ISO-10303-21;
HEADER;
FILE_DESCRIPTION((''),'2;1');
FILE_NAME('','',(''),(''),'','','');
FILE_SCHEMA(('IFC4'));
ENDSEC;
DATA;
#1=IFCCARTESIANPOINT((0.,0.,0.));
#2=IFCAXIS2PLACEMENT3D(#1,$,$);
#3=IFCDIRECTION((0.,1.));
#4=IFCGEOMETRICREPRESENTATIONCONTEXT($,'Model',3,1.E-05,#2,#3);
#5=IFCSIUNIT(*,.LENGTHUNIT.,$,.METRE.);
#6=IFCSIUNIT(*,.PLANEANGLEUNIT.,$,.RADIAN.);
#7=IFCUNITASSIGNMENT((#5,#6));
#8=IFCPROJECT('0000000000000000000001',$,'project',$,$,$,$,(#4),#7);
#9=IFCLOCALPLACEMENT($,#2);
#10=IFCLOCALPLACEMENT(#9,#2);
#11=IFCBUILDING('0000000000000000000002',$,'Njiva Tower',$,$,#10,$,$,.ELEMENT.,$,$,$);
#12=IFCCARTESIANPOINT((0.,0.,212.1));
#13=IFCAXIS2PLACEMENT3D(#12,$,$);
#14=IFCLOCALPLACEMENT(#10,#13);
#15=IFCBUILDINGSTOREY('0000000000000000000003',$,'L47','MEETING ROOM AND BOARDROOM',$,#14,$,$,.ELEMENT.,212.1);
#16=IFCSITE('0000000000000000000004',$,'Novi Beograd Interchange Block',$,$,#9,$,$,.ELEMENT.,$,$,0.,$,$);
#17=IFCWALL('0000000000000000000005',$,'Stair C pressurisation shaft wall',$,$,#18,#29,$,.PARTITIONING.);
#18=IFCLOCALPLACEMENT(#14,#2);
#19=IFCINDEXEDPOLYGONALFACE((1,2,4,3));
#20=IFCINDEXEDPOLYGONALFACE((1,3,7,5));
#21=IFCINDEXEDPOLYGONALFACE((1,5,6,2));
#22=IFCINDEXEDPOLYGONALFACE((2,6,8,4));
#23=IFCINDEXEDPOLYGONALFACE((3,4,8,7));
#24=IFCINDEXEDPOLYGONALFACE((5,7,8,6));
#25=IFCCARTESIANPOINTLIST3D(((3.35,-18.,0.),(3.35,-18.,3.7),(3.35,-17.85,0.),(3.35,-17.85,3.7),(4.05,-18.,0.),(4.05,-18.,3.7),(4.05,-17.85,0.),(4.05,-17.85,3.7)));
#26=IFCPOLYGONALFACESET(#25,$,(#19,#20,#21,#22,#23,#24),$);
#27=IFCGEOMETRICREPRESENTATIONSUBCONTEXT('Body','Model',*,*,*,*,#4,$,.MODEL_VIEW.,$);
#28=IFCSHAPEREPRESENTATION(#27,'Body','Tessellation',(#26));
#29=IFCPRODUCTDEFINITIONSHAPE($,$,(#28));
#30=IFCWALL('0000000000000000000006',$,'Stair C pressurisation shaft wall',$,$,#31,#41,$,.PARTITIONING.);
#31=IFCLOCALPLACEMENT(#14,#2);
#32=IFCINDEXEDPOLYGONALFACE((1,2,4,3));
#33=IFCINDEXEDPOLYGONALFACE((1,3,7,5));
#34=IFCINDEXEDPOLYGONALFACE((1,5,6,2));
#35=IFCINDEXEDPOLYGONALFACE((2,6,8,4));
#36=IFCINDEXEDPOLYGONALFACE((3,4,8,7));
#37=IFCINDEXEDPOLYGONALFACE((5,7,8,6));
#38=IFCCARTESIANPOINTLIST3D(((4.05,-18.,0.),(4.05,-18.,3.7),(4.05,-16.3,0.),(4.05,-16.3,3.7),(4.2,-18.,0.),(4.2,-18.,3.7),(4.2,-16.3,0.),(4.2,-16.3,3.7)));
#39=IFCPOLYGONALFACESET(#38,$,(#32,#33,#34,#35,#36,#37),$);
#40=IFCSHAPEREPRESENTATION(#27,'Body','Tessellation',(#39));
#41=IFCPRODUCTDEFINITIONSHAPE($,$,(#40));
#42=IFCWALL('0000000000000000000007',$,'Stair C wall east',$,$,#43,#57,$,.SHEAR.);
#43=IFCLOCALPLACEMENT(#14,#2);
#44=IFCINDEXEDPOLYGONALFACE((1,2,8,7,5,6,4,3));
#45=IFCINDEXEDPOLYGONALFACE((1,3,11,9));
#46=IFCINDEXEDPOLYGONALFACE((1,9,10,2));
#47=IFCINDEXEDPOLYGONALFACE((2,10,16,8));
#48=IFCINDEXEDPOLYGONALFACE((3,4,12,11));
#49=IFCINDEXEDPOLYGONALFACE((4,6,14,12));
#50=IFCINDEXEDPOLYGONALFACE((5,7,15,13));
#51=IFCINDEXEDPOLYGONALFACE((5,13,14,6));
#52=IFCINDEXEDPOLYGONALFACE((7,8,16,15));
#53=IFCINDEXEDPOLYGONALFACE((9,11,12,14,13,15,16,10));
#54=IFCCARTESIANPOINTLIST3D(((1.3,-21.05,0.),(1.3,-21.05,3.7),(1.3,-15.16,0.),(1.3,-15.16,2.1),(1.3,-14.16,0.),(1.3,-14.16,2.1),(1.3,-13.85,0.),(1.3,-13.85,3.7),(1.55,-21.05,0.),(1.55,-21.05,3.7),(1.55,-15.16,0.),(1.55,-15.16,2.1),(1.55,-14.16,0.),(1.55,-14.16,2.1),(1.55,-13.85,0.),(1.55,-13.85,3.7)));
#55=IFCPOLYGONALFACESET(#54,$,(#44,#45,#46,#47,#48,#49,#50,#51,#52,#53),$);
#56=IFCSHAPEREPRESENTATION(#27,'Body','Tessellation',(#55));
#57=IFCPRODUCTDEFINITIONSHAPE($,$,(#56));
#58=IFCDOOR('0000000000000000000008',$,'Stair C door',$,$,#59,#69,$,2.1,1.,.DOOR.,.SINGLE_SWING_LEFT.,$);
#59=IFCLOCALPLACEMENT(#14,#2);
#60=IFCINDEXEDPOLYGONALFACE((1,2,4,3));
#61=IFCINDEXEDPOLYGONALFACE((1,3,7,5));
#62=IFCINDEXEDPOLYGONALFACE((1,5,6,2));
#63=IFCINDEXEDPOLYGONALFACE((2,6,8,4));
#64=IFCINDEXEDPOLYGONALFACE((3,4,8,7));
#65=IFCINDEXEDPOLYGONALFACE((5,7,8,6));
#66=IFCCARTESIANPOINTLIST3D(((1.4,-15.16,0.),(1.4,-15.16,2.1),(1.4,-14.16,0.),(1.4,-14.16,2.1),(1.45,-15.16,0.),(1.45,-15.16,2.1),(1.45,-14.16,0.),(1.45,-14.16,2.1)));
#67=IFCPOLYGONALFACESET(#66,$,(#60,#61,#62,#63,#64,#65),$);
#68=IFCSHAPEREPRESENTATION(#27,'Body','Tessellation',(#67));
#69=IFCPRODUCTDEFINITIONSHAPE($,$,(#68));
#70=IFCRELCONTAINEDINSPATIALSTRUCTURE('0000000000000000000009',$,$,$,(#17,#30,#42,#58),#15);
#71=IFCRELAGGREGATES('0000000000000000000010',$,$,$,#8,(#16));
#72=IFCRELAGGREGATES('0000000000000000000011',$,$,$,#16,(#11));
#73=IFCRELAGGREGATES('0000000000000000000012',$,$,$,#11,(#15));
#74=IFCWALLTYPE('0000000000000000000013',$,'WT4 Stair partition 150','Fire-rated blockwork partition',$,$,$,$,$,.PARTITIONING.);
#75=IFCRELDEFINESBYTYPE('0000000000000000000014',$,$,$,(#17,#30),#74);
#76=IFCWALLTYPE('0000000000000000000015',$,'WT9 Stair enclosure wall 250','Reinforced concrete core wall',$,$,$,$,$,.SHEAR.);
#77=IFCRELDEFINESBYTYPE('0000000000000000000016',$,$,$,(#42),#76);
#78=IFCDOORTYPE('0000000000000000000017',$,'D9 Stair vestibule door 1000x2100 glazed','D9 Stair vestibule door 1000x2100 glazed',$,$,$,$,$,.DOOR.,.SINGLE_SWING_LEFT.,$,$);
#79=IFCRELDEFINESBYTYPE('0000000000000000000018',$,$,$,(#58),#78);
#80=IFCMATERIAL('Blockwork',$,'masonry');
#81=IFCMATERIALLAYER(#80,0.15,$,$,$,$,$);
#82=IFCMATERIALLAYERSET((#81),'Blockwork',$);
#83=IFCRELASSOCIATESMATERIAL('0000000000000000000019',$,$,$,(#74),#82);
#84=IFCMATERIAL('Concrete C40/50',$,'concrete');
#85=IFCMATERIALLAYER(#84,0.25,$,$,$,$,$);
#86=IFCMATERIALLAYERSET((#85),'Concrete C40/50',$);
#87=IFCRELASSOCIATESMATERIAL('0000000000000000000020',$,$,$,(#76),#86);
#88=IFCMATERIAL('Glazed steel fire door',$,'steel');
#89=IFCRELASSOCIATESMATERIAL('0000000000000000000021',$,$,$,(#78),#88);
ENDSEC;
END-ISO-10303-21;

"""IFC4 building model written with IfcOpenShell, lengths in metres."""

from ifc_helpers import new_model, si_unit, direction, frame, frame_2d, origin, place, context, subcontext, project, spatial, rectangle, extrude, material, layer, layer_set, type_object, element, fill, save


model = new_model("IFC4")

# Units and contexts
model_context = context("Model", 3, precision=1e-05, world=origin(), true_north=direction((0.0, 1.0)))
body_context = subcontext(model_context, "Body", "Model", "MODEL_VIEW")
ifc_project = project(units=[si_unit("LENGTHUNIT", "METRE"), si_unit("PLANEANGLEUNIT", "RADIAN")], contexts=[model_context])

# Site, building, storey
site_placement = place(None, origin())
site = spatial("IfcSite", under=ifc_project, at=site_placement, Name="Novi Beograd Interchange Block", CompositionType="ELEMENT", RefElevation=0.0)
building_placement = place(site_placement, origin())
building = spatial("IfcBuilding", under=site, at=building_placement, Name="Njiva Tower", CompositionType="ELEMENT")
storey_placement = place(building_placement, frame((0.0, 0.0, 212.1)))
storey = spatial("IfcBuildingStorey", under=building, at=storey_placement, Name="L47", Description="MEETING ROOM AND BOARDROOM", CompositionType="ELEMENT", Elevation=212.1)

# Walls
ifc_material_1 = material(Name="Blockwork", Category="masonry")
ifc_layer_1 = layer(ifc_material_1, 0.15)
ifc_layer_set_1 = layer_set([ifc_layer_1], Name="Blockwork")
wall_type_1 = type_object("IfcWallType", Name="WT4 Stair partition 150", Description="Fire-rated blockwork partition", PredefinedType="PARTITIONING", material=ifc_layer_set_1)
wall_1_placement = place(storey_placement, frame((3.35, -17.925, 0.0), z_axis=(0.0, 0.0, 1.0), x_axis=(1.0, 0.0, 0.0)))
element("IfcWall", 1, at=wall_1_placement, inside=storey, type_object=wall_type_1, Name="Stair C pressurisation shaft wall", PredefinedType="PARTITIONING", context=body_context, shape_type="SweptSolid", body=[
    extrude(rectangle(XDim=0.7, YDim=0.15, at=frame_2d((0.35, 0.0))), origin(), (0.0, 0.0, 1.0), 3.7),
])
wall_2_placement = place(storey_placement, frame((4.125, -18.0, 0.0), z_axis=(0.0, 0.0, 1.0), x_axis=(0.0, 1.0, 0.0)))
element("IfcWall", 2, at=wall_2_placement, inside=storey, type_object=wall_type_1, Name="Stair C pressurisation shaft wall", PredefinedType="PARTITIONING", context=body_context, shape_type="SweptSolid", body=[
    extrude(rectangle(XDim=1.7, YDim=0.15, at=frame_2d((0.85, 0.0))), origin(), (0.0, 0.0, 1.0), 3.7),
])

# Wall, opening, door
ifc_material_2 = material(Name="Concrete C40/50", Category="concrete")
ifc_layer_2 = layer(ifc_material_2, 0.25)
ifc_layer_set_2 = layer_set([ifc_layer_2], Name="Concrete C40/50")
wall_type_2 = type_object("IfcWallType", Name="WT9 Stair enclosure wall 250", Description="Reinforced concrete core wall", PredefinedType="SHEAR", material=ifc_layer_set_2)
wall_3_placement = place(storey_placement, frame((1.425, -21.05, 0.0), z_axis=(0.0, 0.0, 1.0), x_axis=(0.0, 1.0, 0.0)))
wall_3 = element("IfcWall", 3, at=wall_3_placement, inside=storey, type_object=wall_type_2, Name="Stair C wall east", PredefinedType="SHEAR", context=body_context, shape_type="SweptSolid", body=[
    extrude(rectangle(XDim=7.2, YDim=0.25, at=frame_2d((3.6, 0.0))), origin(), (0.0, 0.0, 1.0), 3.7),
])
opening_1_placement = place(wall_3_placement, frame((5.89, 0.0, 0.0)))
opening_1 = element("IfcOpeningElement", 4, at=opening_1_placement, cuts=wall_3, PredefinedType="OPENING", context=body_context, shape_type="SweptSolid", body=[
    extrude(rectangle(XDim=1.0, YDim=2.1, at=frame_2d((0.5, 1.05))), frame((0.0, 0.135, 0.0), z_axis=(0.0, -1.0, 0.0), x_axis=(1.0, 0.0, 0.0)), (0.0, 0.0, 1.0), 0.27),
])
ifc_material_3 = material(Name="Glazed steel fire door", Category="steel")
door_type = type_object("IfcDoorType", Name="D9 Stair vestibule door 1000x2100 glazed", Description="D9 Stair vestibule door 1000x2100 glazed", OperationType="SINGLE_SWING_LEFT", PredefinedType="DOOR", material=ifc_material_3)
door_placement = place(opening_1_placement, origin())
door = element("IfcDoor", 5, at=door_placement, inside=storey, type_object=door_type, Name="Stair C door", OperationType="SINGLE_SWING_LEFT", OverallHeight=2.1, OverallWidth=1.0, PredefinedType="DOOR", context=body_context, shape_type="SweptSolid", body=[
    extrude(rectangle(XDim=1.0, YDim=2.1, at=frame_2d((0.5, 1.05))), frame((0.0, 0.025, 0.0), z_axis=(0.0, -1.0, 0.0), x_axis=(1.0, 0.0, 0.0)), (0.0, 0.0, 1.0), 0.05),
])
fill(opening_1, door)

save(model, "model.ifc")
